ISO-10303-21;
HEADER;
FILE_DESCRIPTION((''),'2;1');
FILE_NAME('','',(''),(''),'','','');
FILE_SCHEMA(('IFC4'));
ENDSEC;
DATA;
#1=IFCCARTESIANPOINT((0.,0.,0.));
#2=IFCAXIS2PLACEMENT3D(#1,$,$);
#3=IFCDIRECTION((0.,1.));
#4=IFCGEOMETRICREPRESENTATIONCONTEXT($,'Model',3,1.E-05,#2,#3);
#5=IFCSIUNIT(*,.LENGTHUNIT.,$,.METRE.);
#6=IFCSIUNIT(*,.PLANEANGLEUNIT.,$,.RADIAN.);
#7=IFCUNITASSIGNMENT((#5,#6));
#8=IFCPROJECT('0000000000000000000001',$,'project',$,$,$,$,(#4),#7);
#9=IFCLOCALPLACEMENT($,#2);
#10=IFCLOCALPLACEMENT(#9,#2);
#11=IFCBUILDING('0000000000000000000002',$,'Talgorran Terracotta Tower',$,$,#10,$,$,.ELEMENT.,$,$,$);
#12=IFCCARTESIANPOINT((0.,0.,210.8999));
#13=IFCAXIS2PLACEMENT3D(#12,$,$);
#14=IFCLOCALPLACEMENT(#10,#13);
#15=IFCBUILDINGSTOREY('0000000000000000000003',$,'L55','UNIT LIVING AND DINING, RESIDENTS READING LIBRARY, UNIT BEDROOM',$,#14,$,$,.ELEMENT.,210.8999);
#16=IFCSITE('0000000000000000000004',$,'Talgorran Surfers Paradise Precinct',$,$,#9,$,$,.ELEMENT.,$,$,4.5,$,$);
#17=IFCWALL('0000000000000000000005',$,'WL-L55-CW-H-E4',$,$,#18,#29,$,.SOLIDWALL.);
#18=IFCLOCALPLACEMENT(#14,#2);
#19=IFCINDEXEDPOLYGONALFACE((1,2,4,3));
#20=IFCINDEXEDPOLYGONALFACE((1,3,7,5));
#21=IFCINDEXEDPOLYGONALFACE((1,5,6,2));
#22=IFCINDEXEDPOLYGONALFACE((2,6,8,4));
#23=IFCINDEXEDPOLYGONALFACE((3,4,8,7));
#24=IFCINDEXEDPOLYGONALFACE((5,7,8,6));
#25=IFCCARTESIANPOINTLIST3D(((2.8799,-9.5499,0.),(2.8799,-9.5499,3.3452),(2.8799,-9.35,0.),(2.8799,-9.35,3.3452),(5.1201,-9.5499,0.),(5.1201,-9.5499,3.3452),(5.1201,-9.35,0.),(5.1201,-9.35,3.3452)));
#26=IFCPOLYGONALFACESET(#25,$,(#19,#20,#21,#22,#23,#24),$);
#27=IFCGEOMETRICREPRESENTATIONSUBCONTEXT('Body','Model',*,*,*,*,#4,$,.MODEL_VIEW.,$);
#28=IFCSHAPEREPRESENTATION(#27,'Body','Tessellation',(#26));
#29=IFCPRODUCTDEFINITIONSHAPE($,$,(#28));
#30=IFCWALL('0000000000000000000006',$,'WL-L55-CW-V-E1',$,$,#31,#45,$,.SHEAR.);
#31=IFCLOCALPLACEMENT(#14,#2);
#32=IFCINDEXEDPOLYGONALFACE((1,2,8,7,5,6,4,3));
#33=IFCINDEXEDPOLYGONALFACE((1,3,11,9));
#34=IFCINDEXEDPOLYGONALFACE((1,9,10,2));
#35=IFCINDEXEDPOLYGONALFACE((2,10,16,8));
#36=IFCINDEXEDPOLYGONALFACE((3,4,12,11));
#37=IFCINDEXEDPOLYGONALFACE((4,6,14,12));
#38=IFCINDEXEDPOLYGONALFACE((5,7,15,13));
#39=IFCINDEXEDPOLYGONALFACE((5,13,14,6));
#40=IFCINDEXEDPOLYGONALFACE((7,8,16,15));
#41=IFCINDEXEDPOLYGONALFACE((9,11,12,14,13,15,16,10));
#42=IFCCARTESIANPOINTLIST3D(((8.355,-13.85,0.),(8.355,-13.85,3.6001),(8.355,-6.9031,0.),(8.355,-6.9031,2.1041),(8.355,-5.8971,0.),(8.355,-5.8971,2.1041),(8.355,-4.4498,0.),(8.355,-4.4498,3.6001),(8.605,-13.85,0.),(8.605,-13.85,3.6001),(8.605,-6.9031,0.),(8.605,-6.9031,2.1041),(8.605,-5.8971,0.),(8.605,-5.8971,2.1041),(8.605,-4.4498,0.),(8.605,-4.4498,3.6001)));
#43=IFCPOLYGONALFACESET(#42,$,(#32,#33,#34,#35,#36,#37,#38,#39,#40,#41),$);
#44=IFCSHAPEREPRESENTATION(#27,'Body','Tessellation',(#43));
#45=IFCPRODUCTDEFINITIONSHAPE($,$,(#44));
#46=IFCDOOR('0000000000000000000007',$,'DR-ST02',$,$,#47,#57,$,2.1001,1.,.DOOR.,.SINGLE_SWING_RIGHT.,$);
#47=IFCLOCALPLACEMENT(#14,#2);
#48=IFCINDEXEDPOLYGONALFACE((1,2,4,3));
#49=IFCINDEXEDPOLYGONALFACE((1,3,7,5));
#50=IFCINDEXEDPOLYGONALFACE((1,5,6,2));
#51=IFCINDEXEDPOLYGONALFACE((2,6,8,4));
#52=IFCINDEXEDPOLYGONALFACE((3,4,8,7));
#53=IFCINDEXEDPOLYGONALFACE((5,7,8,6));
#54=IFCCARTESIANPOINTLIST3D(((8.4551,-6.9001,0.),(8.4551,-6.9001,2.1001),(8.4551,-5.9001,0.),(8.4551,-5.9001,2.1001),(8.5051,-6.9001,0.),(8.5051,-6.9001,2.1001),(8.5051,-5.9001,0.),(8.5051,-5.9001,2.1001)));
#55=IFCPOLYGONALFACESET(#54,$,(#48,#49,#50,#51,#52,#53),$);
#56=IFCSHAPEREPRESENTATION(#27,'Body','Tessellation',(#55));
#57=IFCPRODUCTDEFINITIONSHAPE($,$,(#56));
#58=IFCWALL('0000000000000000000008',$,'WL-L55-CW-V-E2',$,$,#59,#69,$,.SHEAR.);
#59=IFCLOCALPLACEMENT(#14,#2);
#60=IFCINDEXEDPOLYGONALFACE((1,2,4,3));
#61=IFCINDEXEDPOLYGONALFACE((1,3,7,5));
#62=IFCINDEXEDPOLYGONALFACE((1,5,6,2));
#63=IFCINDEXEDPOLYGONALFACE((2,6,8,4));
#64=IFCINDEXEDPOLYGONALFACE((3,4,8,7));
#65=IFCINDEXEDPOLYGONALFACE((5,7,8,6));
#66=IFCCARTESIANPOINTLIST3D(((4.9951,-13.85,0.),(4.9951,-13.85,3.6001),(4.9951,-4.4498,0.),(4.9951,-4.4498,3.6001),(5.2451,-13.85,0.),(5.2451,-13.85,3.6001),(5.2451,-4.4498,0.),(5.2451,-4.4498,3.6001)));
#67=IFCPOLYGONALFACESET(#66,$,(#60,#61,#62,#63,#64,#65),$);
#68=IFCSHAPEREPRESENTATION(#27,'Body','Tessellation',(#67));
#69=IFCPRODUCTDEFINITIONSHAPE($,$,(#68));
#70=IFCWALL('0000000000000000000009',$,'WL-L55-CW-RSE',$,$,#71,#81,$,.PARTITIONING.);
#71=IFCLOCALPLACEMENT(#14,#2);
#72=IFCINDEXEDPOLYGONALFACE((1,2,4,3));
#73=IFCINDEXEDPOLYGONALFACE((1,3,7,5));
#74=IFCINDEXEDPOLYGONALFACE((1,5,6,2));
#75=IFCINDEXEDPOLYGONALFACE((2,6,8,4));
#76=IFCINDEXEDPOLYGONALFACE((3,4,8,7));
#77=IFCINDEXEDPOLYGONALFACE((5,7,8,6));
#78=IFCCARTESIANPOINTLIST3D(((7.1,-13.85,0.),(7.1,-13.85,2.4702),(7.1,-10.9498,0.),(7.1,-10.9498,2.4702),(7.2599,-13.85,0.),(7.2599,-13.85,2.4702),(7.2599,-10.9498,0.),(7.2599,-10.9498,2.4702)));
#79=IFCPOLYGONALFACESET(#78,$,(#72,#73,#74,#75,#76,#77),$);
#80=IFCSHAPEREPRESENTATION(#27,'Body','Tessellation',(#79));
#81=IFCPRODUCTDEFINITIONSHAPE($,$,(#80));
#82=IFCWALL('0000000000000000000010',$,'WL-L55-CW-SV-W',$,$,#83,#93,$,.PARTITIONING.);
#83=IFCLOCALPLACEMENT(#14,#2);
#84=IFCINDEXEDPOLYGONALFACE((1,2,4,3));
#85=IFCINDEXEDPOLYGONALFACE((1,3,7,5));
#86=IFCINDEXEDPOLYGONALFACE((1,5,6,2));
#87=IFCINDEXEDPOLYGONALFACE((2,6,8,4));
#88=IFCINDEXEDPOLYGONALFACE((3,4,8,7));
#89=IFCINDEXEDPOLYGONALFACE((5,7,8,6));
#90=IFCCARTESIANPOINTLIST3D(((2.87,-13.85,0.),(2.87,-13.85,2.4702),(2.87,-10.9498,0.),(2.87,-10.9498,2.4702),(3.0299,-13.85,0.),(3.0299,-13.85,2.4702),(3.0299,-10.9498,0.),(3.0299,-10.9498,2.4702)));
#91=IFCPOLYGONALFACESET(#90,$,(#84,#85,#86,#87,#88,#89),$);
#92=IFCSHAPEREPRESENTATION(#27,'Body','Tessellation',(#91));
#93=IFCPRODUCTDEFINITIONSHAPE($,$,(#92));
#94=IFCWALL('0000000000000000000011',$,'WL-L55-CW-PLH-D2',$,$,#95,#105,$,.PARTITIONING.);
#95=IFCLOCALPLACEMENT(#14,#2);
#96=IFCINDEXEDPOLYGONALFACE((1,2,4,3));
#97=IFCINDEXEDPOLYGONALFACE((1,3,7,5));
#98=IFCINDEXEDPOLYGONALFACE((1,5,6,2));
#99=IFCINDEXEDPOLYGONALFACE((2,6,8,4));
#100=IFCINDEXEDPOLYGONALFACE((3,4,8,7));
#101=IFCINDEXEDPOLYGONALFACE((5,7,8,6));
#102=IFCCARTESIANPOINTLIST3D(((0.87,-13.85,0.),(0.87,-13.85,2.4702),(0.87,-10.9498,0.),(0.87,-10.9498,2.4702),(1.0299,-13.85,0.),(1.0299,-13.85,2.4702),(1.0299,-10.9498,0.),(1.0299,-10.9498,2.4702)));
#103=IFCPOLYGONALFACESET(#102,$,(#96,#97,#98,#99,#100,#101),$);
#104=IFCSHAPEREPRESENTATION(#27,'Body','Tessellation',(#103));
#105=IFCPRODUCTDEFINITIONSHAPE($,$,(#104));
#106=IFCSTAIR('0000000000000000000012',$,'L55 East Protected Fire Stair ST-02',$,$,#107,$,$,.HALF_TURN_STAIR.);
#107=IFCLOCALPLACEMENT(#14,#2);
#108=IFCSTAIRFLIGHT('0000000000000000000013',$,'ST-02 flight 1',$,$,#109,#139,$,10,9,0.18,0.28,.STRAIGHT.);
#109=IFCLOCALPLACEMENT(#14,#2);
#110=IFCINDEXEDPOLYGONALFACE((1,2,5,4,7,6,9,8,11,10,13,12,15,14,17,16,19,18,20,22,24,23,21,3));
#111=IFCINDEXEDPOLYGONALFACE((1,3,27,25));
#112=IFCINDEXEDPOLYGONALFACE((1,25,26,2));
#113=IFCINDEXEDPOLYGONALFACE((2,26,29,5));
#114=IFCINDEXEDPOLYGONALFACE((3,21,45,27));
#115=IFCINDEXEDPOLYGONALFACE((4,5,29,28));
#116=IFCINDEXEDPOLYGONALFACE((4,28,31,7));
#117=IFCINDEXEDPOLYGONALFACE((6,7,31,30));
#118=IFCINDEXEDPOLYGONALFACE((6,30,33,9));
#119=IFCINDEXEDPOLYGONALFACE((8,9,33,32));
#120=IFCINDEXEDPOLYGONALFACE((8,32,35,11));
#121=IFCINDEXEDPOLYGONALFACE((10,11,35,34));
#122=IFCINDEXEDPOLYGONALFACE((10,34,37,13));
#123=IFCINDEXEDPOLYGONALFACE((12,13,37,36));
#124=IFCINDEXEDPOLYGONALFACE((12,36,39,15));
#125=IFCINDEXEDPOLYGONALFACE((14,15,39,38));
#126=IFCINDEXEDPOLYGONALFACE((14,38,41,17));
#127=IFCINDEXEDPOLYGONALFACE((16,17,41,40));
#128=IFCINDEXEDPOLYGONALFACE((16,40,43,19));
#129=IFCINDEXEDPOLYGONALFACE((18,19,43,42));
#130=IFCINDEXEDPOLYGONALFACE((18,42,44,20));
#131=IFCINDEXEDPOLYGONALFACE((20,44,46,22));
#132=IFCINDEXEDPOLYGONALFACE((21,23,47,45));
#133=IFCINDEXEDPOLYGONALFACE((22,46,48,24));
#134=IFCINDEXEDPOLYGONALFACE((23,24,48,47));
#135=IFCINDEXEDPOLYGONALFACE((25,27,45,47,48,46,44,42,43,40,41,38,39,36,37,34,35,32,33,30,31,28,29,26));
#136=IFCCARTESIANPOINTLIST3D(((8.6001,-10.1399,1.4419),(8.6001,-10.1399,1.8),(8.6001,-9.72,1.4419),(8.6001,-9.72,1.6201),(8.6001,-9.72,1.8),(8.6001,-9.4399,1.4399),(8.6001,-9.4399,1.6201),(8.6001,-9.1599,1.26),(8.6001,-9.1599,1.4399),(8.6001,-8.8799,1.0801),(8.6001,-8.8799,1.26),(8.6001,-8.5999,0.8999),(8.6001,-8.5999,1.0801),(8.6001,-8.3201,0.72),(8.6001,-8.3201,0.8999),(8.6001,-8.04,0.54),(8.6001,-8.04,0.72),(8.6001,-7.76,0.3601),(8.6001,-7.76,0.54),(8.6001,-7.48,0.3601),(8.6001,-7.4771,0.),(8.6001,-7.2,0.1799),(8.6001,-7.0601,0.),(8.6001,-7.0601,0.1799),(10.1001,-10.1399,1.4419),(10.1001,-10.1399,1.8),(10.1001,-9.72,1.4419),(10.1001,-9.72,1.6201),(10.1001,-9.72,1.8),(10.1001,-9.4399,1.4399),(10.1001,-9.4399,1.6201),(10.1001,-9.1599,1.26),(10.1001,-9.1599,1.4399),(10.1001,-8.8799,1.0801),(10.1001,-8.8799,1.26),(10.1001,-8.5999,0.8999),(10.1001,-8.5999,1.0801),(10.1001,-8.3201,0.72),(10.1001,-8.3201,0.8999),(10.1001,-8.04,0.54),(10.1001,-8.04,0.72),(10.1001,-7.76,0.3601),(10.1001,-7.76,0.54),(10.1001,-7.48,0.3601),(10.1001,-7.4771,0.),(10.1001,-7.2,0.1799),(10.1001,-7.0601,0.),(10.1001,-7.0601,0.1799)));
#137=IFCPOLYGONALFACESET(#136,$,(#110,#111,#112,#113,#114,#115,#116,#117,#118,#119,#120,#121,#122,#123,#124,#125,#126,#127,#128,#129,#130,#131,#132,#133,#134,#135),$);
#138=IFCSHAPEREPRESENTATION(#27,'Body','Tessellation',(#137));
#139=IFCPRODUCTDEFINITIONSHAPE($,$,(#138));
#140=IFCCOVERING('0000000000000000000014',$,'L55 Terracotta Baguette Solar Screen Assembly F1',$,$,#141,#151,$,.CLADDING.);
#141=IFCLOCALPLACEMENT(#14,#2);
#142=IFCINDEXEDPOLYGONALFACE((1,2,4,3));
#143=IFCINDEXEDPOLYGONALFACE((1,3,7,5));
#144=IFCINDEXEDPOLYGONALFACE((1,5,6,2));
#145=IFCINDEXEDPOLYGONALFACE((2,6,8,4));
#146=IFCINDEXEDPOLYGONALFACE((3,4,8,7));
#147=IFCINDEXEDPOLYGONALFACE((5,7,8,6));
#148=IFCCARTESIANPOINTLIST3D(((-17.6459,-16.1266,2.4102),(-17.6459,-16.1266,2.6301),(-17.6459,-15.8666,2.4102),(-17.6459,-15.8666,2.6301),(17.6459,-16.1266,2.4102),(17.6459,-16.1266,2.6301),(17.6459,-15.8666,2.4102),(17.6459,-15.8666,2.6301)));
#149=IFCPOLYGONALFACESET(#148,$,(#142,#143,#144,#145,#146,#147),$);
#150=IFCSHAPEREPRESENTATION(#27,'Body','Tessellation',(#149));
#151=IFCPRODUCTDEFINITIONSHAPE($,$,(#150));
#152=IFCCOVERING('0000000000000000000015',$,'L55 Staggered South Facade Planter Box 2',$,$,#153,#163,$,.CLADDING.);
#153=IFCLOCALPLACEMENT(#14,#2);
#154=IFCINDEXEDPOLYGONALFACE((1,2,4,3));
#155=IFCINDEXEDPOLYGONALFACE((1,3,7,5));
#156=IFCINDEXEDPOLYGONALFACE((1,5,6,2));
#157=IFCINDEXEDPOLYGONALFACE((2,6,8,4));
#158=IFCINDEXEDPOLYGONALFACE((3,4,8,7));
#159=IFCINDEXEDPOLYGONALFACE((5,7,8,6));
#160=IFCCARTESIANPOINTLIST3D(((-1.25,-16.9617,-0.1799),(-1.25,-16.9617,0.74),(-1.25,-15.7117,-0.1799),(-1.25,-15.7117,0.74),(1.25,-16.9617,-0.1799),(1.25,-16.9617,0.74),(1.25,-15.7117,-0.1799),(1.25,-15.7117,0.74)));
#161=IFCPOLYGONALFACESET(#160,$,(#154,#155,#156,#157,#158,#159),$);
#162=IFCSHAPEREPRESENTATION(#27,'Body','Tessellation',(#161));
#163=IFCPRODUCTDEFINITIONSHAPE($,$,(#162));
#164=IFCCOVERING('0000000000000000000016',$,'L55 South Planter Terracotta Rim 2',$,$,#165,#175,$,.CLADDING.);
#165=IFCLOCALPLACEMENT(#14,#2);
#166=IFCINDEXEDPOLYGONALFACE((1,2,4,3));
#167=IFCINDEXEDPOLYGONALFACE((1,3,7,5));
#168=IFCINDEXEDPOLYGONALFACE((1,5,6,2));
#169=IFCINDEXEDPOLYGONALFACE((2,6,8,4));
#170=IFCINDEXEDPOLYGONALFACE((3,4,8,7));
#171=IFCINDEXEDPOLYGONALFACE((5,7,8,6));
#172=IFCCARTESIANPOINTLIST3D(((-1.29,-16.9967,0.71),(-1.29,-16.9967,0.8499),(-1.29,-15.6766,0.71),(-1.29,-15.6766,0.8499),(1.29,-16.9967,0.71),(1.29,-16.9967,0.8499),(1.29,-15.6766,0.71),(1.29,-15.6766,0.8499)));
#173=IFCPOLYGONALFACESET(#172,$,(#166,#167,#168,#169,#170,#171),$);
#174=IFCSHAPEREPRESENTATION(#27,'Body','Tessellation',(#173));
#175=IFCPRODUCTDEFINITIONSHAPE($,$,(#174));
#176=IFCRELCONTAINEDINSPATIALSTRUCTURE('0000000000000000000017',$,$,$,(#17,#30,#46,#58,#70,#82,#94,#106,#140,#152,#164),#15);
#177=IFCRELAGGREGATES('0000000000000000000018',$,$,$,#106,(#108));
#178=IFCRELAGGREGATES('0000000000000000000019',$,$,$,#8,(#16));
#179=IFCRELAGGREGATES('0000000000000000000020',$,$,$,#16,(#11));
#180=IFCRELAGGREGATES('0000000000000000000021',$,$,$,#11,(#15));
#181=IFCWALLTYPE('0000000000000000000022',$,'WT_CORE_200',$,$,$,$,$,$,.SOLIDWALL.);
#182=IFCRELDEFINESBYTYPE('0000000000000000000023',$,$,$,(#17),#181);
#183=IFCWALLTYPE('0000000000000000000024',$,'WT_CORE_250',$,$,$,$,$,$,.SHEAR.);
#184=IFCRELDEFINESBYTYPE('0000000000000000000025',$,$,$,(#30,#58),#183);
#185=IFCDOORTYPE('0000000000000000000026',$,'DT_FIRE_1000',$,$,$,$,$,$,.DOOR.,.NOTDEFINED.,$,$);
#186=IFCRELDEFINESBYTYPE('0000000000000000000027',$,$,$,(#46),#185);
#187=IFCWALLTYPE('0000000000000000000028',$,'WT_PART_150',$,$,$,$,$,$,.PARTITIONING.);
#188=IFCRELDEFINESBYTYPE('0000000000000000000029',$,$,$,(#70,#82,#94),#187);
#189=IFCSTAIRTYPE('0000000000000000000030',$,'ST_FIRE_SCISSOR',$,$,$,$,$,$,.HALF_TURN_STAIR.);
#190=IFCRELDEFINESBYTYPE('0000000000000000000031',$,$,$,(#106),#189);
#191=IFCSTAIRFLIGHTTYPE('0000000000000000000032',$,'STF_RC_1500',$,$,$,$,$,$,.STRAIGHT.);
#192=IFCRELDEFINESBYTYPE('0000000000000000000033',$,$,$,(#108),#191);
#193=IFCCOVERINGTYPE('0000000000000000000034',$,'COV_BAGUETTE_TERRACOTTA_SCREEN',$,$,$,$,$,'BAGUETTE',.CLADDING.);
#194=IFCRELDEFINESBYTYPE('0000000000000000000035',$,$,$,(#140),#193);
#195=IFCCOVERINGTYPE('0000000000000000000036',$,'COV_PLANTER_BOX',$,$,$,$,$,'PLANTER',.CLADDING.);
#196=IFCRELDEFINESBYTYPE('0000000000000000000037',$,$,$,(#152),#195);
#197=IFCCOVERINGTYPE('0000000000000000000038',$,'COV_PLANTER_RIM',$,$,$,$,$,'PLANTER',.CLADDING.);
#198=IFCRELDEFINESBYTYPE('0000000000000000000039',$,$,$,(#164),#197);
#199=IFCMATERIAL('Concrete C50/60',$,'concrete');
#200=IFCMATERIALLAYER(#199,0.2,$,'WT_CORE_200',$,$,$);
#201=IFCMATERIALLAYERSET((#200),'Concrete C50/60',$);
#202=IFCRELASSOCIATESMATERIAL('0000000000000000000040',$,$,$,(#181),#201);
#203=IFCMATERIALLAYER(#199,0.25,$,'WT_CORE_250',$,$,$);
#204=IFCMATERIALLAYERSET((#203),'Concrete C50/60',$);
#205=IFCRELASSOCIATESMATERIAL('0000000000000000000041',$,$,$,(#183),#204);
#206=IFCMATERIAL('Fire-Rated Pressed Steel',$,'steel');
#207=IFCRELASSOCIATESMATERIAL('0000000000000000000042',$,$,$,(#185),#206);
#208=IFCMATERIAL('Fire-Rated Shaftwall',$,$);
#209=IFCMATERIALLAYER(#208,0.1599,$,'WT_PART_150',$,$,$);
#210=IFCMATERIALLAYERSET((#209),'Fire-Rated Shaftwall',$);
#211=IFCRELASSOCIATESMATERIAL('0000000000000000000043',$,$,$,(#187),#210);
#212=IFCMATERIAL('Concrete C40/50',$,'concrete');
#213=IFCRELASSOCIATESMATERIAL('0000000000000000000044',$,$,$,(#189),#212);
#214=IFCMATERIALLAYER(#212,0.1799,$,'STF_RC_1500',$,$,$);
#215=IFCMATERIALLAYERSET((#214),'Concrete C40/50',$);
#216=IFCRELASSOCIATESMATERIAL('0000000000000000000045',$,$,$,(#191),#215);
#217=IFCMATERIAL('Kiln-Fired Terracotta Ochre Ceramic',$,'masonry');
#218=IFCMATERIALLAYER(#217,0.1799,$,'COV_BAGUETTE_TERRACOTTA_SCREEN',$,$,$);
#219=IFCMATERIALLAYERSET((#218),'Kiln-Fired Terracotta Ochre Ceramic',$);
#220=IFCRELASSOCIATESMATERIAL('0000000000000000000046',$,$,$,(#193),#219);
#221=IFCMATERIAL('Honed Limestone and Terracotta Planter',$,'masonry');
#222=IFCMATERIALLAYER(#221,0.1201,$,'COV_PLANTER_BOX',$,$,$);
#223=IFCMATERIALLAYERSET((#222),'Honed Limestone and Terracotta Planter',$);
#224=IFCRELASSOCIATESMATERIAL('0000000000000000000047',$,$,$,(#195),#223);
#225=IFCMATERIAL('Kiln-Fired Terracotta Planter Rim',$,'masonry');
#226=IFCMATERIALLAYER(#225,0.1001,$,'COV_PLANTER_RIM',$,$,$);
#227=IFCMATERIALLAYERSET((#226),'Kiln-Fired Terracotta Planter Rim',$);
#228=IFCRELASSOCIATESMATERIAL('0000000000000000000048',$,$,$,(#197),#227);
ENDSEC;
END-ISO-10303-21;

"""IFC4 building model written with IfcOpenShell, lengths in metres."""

from ifc_helpers import new_model, si_unit, direction, frame, frame_2d, origin, origin_2d, place, context, subcontext, project, spatial, polyline, rectangle, outline, extrude, material, layer, layer_set, type_object, element, fill, aggregate, save


model = new_model("IFC4")

# Units and contexts
model_context = context("Model", 3, precision=1e-05, world=origin(), true_north=direction((0.0, 1.0)))
body_context = subcontext(model_context, "Body", "Model", "MODEL_VIEW")
ifc_project = project(units=[si_unit("LENGTHUNIT", "METRE"), si_unit("PLANEANGLEUNIT", "RADIAN")], contexts=[model_context])

# Site, building, storey
site_placement = place(None, origin())
site = spatial("IfcSite", under=ifc_project, at=site_placement, Name="Talgorran Surfers Paradise Precinct", CompositionType="ELEMENT", RefElevation=4.5)
building_placement = place(site_placement, origin())
building = spatial("IfcBuilding", under=site, at=building_placement, Name="Talgorran Terracotta Tower", CompositionType="ELEMENT")
storey_placement = place(building_placement, frame((0.0, 0.0, 210.8999)))
storey = spatial("IfcBuildingStorey", under=building, at=storey_placement, Name="L55", Description="UNIT LIVING AND DINING, RESIDENTS READING LIBRARY, UNIT BEDROOM", CompositionType="ELEMENT", Elevation=210.8999)

# Shared definitions
ifc_material_1 = material(Name="Concrete C50/60", Category="concrete")

# Shared definitions
ifc_layer_1 = layer(ifc_material_1, 0.2, Name="WT_CORE_200")
ifc_layer_set_1 = layer_set([ifc_layer_1], Name="Concrete C50/60")
wall_type_1 = type_object("IfcWallType", Name="WT_CORE_200", PredefinedType="SOLIDWALL", material=ifc_layer_set_1)

# Shared definitions
ifc_material_2 = material(Name="Fire-Rated Pressed Steel", Category="steel")

# Wall
wall_1_placement = place(storey_placement, frame((2.8799, -9.45, 0.0), z_axis=(0.0, 0.0, 1.0), x_axis=(1.0, 0.0, 0.0)))
element("IfcWall", 1, at=wall_1_placement, inside=storey, type_object=wall_type_1, Name="WL-L55-CW-H-E4", PredefinedType="SOLIDWALL", context=body_context, shape_type="SweptSolid", body=[
    extrude(rectangle(XDim=2.2402, YDim=0.2, at=frame_2d((1.1201, 0.0))), origin(), (0.0, 0.0, 1.0), 3.3452),
])

# Wall, opening, door
ifc_layer_2 = layer(ifc_material_1, 0.25, Name="WT_CORE_250")
ifc_layer_set_2 = layer_set([ifc_layer_2], Name="Concrete C50/60")
wall_type_2 = type_object("IfcWallType", Name="WT_CORE_250", PredefinedType="SHEAR", material=ifc_layer_set_2)
wall_2_placement = place(storey_placement, frame((8.48, -13.8501, 0.0), z_axis=(0.0, 0.0, 1.0), x_axis=(0.0, 1.0, 0.0)))
wall_2 = element("IfcWall", 2, at=wall_2_placement, inside=storey, type_object=wall_type_2, Name="WL-L55-CW-V-E1", PredefinedType="SHEAR", context=body_context, shape_type="SweptSolid", body=[
    extrude(rectangle(XDim=9.4001, YDim=0.25, at=frame_2d((4.7002, 0.0))), origin(), (0.0, 0.0, 1.0), 3.6001),
])
opening_1_placement = place(wall_2_placement, frame((6.95, 0.0, 0.0)))
opening_1 = element("IfcOpeningElement", 3, at=opening_1_placement, cuts=wall_2, PredefinedType="OPENING", context=body_context, shape_type="SweptSolid", body=[
    extrude(rectangle(XDim=1.006, YDim=2.1041, at=frame_2d((0.5, 1.052))), frame((0.0, 0.135, 0.0), z_axis=(0.0, -1.0, 0.0), x_axis=(1.0, 0.0, 0.0)), (0.0, 0.0, 1.0), 0.27),
])
door_type_1 = type_object("IfcDoorType", Name="DT_FIRE_1000", OperationType="NOTDEFINED", PredefinedType="DOOR", material=ifc_material_2)
door_1_placement = place(opening_1_placement, origin())
door_1 = element("IfcDoor", 4, at=door_1_placement, inside=storey, type_object=door_type_1, Name="DR-ST02", OperationType="SINGLE_SWING_RIGHT", OverallHeight=2.1001, OverallWidth=1.0, PredefinedType="DOOR", context=body_context, shape_type="SweptSolid", body=[
    extrude(rectangle(XDim=1.0, YDim=2.1001, at=frame_2d((0.5, 1.05))), frame((0.0, 0.0249, 0.0), z_axis=(0.0, -1.0, 0.0), x_axis=(1.0, 0.0, 0.0)), (0.0, 0.0, 1.0), 0.05),
])
fill(opening_1, door_1)

# Walls
wall_3_placement = place(storey_placement, frame((5.1201, -13.8501, 0.0), z_axis=(0.0, 0.0, 1.0), x_axis=(0.0, 1.0, 0.0)))
element("IfcWall", 5, at=wall_3_placement, inside=storey, type_object=wall_type_2, Name="WL-L55-CW-V-E2", PredefinedType="SHEAR", context=body_context, shape_type="SweptSolid", body=[
    extrude(rectangle(XDim=9.4001, YDim=0.25, at=frame_2d((4.7002, 0.0))), origin(), (0.0, 0.0, 1.0), 3.6001),
])
ifc_material_3 = material(Name="Fire-Rated Shaftwall")
ifc_layer_3 = layer(ifc_material_3, 0.1599, Name="WT_PART_150")
ifc_layer_set_3 = layer_set([ifc_layer_3], Name="Fire-Rated Shaftwall")
wall_type_3 = type_object("IfcWallType", Name="WT_PART_150", PredefinedType="PARTITIONING", material=ifc_layer_set_3)
for number, where, z_axis, x_axis, name in (
    (6, (7.1799, -13.8501, 0.0), (0.0, 0.0, 1.0), (0.0, 1.0, 0.0), "WL-L55-CW-RSE"),
    (7, (2.95, -13.8501, 0.0), (0.0, 0.0, 1.0), (0.0, 1.0, 0.0), "WL-L55-CW-SV-W"),
    (8, (0.95, -13.8501, 0.0), (0.0, 0.0, 1.0), (0.0, 1.0, 0.0), "WL-L55-CW-PLH-D2"),
):
    element("IfcWall", number, at=place(storey_placement, frame(where, z_axis=z_axis, x_axis=x_axis)), inside=storey, type_object=wall_type_3, Name=name, PredefinedType="PARTITIONING", context=body_context, shape_type="SweptSolid", body=[
        extrude(rectangle(XDim=2.9001, YDim=0.1599, at=frame_2d((1.4502, 0.0))), origin(), (0.0, 0.0, 1.0), 2.4702),
    ])

# Stair, stair flight
ifc_material_4 = material(Name="Concrete C40/50", Category="concrete")
stair_type = type_object("IfcStairType", Name="ST_FIRE_SCISSOR", PredefinedType="HALF_TURN_STAIR", material=ifc_material_4)
stair_placement = place(storey_placement, origin())
stair = element("IfcStair", 9, at=stair_placement, inside=storey, type_object=stair_type, Name="L55 East Protected Fire Stair ST-02", PredefinedType="HALF_TURN_STAIR")
ifc_layer_4 = layer(ifc_material_4, 0.1799, Name="STF_RC_1500")
ifc_layer_set_4 = layer_set([ifc_layer_4], Name="Concrete C40/50")
stair_flight_type = type_object("IfcStairFlightType", Name="STF_RC_1500", PredefinedType="STRAIGHT", material=ifc_layer_set_4)
stair_flight_placement = place(storey_placement, frame((9.3501, -7.2, 0.0), z_axis=(0.0, 0.0, 1.0), x_axis=(0.0, -1.0, 0.0)))
stair_flight = element("IfcStairFlight", 10, at=stair_flight_placement, type_object=stair_flight_type, Name="ST-02 flight 1", NumberOfRisers=10, NumberOfTreads=9, PredefinedType="STRAIGHT", RiserHeight=0.18, TreadLength=0.28, context=body_context, shape_type="SweptSolid", body=[
    extrude(outline(polyline([(-0.1399, 0.0), (-0.1399, 0.1799), (0.0, 0.1799), (0.28, 0.3601), (0.5601, 0.3601), (0.5601, 0.54), (0.8401, 0.54), (0.8401, 0.72), (1.1201, 0.72), (1.1201, 0.8999), (1.3999, 0.8999), (1.3999, 1.0801), (1.6799, 1.0801), (1.6799, 1.26), (1.96, 1.26), (1.96, 1.4399), (2.24, 1.4399), (2.24, 1.6201), (2.52, 1.6201), (2.52, 1.8), (2.9399, 1.8), (2.9399, 1.4419), (2.52, 1.4419), (0.2771, 0.0), (-0.1399, 0.0)])), frame((0.0, 0.75, 0.0), z_axis=(0.0, -1.0, 0.0), x_axis=(1.0, 0.0, 0.0)), (0.0, 0.0, 1.0), 1.5),
])
aggregate(stair, [stair_flight])

# Coverings
ifc_material_5 = material(Name="Kiln-Fired Terracotta Ochre Ceramic", Category="masonry")
ifc_layer_5 = layer(ifc_material_5, 0.1799, Name="COV_BAGUETTE_TERRACOTTA_SCREEN")
ifc_layer_set_5 = layer_set([ifc_layer_5], Name="Kiln-Fired Terracotta Ochre Ceramic")
covering_type_1 = type_object("IfcCoveringType", Name="COV_BAGUETTE_TERRACOTTA_SCREEN", ElementType="BAGUETTE", PredefinedType="CLADDING", material=ifc_layer_set_5)
covering_1_placement = place(storey_placement, frame((0.0, -15.9966, 2.4102), z_axis=(0.0, 0.0, 1.0), x_axis=(1.0, 0.0, 0.0)))
element("IfcCovering", 11, at=covering_1_placement, inside=storey, type_object=covering_type_1, Name="L55 Terracotta Baguette Solar Screen Assembly F1", PredefinedType="CLADDING", context=body_context, shape_type="SweptSolid", body=[
    extrude(rectangle(XDim=35.2917, YDim=0.26, at=origin_2d()), origin(), (0.0, 0.0, 1.0), 0.22),
])
ifc_material_6 = material(Name="Honed Limestone and Terracotta Planter", Category="masonry")
ifc_layer_6 = layer(ifc_material_6, 0.1201, Name="COV_PLANTER_BOX")
ifc_layer_set_6 = layer_set([ifc_layer_6], Name="Honed Limestone and Terracotta Planter")
covering_type_2 = type_object("IfcCoveringType", Name="COV_PLANTER_BOX", ElementType="PLANTER", PredefinedType="CLADDING", material=ifc_layer_set_6)
covering_2_placement = place(storey_placement, frame((0.0, -16.3367, -0.1799), z_axis=(0.0, 0.0, 1.0), x_axis=(1.0, 0.0, 0.0)))
element("IfcCovering", 12, at=covering_2_placement, inside=storey, type_object=covering_type_2, Name="L55 Staggered South Facade Planter Box 2", PredefinedType="CLADDING", context=body_context, shape_type="SweptSolid", body=[
    extrude(rectangle(XDim=2.5, YDim=1.25, at=origin_2d()), origin(), (0.0, 0.0, 1.0), 0.9199),
])
ifc_material_7 = material(Name="Kiln-Fired Terracotta Planter Rim", Category="masonry")
ifc_layer_7 = layer(ifc_material_7, 0.1001, Name="COV_PLANTER_RIM")
ifc_layer_set_7 = layer_set([ifc_layer_7], Name="Kiln-Fired Terracotta Planter Rim")
covering_type_3 = type_object("IfcCoveringType", Name="COV_PLANTER_RIM", ElementType="PLANTER", PredefinedType="CLADDING", material=ifc_layer_set_7)
covering_3_placement = place(storey_placement, frame((0.0, -16.3367, 0.71), z_axis=(0.0, 0.0, 1.0), x_axis=(1.0, 0.0, 0.0)))
element("IfcCovering", 13, at=covering_3_placement, inside=storey, type_object=covering_type_3, Name="L55 South Planter Terracotta Rim 2", PredefinedType="CLADDING", context=body_context, shape_type="SweptSolid", body=[
    extrude(rectangle(XDim=2.5801, YDim=1.3201, at=origin_2d()), origin(), (0.0, 0.0, 1.0), 0.1399),
])

save(model, "model.ifc")
